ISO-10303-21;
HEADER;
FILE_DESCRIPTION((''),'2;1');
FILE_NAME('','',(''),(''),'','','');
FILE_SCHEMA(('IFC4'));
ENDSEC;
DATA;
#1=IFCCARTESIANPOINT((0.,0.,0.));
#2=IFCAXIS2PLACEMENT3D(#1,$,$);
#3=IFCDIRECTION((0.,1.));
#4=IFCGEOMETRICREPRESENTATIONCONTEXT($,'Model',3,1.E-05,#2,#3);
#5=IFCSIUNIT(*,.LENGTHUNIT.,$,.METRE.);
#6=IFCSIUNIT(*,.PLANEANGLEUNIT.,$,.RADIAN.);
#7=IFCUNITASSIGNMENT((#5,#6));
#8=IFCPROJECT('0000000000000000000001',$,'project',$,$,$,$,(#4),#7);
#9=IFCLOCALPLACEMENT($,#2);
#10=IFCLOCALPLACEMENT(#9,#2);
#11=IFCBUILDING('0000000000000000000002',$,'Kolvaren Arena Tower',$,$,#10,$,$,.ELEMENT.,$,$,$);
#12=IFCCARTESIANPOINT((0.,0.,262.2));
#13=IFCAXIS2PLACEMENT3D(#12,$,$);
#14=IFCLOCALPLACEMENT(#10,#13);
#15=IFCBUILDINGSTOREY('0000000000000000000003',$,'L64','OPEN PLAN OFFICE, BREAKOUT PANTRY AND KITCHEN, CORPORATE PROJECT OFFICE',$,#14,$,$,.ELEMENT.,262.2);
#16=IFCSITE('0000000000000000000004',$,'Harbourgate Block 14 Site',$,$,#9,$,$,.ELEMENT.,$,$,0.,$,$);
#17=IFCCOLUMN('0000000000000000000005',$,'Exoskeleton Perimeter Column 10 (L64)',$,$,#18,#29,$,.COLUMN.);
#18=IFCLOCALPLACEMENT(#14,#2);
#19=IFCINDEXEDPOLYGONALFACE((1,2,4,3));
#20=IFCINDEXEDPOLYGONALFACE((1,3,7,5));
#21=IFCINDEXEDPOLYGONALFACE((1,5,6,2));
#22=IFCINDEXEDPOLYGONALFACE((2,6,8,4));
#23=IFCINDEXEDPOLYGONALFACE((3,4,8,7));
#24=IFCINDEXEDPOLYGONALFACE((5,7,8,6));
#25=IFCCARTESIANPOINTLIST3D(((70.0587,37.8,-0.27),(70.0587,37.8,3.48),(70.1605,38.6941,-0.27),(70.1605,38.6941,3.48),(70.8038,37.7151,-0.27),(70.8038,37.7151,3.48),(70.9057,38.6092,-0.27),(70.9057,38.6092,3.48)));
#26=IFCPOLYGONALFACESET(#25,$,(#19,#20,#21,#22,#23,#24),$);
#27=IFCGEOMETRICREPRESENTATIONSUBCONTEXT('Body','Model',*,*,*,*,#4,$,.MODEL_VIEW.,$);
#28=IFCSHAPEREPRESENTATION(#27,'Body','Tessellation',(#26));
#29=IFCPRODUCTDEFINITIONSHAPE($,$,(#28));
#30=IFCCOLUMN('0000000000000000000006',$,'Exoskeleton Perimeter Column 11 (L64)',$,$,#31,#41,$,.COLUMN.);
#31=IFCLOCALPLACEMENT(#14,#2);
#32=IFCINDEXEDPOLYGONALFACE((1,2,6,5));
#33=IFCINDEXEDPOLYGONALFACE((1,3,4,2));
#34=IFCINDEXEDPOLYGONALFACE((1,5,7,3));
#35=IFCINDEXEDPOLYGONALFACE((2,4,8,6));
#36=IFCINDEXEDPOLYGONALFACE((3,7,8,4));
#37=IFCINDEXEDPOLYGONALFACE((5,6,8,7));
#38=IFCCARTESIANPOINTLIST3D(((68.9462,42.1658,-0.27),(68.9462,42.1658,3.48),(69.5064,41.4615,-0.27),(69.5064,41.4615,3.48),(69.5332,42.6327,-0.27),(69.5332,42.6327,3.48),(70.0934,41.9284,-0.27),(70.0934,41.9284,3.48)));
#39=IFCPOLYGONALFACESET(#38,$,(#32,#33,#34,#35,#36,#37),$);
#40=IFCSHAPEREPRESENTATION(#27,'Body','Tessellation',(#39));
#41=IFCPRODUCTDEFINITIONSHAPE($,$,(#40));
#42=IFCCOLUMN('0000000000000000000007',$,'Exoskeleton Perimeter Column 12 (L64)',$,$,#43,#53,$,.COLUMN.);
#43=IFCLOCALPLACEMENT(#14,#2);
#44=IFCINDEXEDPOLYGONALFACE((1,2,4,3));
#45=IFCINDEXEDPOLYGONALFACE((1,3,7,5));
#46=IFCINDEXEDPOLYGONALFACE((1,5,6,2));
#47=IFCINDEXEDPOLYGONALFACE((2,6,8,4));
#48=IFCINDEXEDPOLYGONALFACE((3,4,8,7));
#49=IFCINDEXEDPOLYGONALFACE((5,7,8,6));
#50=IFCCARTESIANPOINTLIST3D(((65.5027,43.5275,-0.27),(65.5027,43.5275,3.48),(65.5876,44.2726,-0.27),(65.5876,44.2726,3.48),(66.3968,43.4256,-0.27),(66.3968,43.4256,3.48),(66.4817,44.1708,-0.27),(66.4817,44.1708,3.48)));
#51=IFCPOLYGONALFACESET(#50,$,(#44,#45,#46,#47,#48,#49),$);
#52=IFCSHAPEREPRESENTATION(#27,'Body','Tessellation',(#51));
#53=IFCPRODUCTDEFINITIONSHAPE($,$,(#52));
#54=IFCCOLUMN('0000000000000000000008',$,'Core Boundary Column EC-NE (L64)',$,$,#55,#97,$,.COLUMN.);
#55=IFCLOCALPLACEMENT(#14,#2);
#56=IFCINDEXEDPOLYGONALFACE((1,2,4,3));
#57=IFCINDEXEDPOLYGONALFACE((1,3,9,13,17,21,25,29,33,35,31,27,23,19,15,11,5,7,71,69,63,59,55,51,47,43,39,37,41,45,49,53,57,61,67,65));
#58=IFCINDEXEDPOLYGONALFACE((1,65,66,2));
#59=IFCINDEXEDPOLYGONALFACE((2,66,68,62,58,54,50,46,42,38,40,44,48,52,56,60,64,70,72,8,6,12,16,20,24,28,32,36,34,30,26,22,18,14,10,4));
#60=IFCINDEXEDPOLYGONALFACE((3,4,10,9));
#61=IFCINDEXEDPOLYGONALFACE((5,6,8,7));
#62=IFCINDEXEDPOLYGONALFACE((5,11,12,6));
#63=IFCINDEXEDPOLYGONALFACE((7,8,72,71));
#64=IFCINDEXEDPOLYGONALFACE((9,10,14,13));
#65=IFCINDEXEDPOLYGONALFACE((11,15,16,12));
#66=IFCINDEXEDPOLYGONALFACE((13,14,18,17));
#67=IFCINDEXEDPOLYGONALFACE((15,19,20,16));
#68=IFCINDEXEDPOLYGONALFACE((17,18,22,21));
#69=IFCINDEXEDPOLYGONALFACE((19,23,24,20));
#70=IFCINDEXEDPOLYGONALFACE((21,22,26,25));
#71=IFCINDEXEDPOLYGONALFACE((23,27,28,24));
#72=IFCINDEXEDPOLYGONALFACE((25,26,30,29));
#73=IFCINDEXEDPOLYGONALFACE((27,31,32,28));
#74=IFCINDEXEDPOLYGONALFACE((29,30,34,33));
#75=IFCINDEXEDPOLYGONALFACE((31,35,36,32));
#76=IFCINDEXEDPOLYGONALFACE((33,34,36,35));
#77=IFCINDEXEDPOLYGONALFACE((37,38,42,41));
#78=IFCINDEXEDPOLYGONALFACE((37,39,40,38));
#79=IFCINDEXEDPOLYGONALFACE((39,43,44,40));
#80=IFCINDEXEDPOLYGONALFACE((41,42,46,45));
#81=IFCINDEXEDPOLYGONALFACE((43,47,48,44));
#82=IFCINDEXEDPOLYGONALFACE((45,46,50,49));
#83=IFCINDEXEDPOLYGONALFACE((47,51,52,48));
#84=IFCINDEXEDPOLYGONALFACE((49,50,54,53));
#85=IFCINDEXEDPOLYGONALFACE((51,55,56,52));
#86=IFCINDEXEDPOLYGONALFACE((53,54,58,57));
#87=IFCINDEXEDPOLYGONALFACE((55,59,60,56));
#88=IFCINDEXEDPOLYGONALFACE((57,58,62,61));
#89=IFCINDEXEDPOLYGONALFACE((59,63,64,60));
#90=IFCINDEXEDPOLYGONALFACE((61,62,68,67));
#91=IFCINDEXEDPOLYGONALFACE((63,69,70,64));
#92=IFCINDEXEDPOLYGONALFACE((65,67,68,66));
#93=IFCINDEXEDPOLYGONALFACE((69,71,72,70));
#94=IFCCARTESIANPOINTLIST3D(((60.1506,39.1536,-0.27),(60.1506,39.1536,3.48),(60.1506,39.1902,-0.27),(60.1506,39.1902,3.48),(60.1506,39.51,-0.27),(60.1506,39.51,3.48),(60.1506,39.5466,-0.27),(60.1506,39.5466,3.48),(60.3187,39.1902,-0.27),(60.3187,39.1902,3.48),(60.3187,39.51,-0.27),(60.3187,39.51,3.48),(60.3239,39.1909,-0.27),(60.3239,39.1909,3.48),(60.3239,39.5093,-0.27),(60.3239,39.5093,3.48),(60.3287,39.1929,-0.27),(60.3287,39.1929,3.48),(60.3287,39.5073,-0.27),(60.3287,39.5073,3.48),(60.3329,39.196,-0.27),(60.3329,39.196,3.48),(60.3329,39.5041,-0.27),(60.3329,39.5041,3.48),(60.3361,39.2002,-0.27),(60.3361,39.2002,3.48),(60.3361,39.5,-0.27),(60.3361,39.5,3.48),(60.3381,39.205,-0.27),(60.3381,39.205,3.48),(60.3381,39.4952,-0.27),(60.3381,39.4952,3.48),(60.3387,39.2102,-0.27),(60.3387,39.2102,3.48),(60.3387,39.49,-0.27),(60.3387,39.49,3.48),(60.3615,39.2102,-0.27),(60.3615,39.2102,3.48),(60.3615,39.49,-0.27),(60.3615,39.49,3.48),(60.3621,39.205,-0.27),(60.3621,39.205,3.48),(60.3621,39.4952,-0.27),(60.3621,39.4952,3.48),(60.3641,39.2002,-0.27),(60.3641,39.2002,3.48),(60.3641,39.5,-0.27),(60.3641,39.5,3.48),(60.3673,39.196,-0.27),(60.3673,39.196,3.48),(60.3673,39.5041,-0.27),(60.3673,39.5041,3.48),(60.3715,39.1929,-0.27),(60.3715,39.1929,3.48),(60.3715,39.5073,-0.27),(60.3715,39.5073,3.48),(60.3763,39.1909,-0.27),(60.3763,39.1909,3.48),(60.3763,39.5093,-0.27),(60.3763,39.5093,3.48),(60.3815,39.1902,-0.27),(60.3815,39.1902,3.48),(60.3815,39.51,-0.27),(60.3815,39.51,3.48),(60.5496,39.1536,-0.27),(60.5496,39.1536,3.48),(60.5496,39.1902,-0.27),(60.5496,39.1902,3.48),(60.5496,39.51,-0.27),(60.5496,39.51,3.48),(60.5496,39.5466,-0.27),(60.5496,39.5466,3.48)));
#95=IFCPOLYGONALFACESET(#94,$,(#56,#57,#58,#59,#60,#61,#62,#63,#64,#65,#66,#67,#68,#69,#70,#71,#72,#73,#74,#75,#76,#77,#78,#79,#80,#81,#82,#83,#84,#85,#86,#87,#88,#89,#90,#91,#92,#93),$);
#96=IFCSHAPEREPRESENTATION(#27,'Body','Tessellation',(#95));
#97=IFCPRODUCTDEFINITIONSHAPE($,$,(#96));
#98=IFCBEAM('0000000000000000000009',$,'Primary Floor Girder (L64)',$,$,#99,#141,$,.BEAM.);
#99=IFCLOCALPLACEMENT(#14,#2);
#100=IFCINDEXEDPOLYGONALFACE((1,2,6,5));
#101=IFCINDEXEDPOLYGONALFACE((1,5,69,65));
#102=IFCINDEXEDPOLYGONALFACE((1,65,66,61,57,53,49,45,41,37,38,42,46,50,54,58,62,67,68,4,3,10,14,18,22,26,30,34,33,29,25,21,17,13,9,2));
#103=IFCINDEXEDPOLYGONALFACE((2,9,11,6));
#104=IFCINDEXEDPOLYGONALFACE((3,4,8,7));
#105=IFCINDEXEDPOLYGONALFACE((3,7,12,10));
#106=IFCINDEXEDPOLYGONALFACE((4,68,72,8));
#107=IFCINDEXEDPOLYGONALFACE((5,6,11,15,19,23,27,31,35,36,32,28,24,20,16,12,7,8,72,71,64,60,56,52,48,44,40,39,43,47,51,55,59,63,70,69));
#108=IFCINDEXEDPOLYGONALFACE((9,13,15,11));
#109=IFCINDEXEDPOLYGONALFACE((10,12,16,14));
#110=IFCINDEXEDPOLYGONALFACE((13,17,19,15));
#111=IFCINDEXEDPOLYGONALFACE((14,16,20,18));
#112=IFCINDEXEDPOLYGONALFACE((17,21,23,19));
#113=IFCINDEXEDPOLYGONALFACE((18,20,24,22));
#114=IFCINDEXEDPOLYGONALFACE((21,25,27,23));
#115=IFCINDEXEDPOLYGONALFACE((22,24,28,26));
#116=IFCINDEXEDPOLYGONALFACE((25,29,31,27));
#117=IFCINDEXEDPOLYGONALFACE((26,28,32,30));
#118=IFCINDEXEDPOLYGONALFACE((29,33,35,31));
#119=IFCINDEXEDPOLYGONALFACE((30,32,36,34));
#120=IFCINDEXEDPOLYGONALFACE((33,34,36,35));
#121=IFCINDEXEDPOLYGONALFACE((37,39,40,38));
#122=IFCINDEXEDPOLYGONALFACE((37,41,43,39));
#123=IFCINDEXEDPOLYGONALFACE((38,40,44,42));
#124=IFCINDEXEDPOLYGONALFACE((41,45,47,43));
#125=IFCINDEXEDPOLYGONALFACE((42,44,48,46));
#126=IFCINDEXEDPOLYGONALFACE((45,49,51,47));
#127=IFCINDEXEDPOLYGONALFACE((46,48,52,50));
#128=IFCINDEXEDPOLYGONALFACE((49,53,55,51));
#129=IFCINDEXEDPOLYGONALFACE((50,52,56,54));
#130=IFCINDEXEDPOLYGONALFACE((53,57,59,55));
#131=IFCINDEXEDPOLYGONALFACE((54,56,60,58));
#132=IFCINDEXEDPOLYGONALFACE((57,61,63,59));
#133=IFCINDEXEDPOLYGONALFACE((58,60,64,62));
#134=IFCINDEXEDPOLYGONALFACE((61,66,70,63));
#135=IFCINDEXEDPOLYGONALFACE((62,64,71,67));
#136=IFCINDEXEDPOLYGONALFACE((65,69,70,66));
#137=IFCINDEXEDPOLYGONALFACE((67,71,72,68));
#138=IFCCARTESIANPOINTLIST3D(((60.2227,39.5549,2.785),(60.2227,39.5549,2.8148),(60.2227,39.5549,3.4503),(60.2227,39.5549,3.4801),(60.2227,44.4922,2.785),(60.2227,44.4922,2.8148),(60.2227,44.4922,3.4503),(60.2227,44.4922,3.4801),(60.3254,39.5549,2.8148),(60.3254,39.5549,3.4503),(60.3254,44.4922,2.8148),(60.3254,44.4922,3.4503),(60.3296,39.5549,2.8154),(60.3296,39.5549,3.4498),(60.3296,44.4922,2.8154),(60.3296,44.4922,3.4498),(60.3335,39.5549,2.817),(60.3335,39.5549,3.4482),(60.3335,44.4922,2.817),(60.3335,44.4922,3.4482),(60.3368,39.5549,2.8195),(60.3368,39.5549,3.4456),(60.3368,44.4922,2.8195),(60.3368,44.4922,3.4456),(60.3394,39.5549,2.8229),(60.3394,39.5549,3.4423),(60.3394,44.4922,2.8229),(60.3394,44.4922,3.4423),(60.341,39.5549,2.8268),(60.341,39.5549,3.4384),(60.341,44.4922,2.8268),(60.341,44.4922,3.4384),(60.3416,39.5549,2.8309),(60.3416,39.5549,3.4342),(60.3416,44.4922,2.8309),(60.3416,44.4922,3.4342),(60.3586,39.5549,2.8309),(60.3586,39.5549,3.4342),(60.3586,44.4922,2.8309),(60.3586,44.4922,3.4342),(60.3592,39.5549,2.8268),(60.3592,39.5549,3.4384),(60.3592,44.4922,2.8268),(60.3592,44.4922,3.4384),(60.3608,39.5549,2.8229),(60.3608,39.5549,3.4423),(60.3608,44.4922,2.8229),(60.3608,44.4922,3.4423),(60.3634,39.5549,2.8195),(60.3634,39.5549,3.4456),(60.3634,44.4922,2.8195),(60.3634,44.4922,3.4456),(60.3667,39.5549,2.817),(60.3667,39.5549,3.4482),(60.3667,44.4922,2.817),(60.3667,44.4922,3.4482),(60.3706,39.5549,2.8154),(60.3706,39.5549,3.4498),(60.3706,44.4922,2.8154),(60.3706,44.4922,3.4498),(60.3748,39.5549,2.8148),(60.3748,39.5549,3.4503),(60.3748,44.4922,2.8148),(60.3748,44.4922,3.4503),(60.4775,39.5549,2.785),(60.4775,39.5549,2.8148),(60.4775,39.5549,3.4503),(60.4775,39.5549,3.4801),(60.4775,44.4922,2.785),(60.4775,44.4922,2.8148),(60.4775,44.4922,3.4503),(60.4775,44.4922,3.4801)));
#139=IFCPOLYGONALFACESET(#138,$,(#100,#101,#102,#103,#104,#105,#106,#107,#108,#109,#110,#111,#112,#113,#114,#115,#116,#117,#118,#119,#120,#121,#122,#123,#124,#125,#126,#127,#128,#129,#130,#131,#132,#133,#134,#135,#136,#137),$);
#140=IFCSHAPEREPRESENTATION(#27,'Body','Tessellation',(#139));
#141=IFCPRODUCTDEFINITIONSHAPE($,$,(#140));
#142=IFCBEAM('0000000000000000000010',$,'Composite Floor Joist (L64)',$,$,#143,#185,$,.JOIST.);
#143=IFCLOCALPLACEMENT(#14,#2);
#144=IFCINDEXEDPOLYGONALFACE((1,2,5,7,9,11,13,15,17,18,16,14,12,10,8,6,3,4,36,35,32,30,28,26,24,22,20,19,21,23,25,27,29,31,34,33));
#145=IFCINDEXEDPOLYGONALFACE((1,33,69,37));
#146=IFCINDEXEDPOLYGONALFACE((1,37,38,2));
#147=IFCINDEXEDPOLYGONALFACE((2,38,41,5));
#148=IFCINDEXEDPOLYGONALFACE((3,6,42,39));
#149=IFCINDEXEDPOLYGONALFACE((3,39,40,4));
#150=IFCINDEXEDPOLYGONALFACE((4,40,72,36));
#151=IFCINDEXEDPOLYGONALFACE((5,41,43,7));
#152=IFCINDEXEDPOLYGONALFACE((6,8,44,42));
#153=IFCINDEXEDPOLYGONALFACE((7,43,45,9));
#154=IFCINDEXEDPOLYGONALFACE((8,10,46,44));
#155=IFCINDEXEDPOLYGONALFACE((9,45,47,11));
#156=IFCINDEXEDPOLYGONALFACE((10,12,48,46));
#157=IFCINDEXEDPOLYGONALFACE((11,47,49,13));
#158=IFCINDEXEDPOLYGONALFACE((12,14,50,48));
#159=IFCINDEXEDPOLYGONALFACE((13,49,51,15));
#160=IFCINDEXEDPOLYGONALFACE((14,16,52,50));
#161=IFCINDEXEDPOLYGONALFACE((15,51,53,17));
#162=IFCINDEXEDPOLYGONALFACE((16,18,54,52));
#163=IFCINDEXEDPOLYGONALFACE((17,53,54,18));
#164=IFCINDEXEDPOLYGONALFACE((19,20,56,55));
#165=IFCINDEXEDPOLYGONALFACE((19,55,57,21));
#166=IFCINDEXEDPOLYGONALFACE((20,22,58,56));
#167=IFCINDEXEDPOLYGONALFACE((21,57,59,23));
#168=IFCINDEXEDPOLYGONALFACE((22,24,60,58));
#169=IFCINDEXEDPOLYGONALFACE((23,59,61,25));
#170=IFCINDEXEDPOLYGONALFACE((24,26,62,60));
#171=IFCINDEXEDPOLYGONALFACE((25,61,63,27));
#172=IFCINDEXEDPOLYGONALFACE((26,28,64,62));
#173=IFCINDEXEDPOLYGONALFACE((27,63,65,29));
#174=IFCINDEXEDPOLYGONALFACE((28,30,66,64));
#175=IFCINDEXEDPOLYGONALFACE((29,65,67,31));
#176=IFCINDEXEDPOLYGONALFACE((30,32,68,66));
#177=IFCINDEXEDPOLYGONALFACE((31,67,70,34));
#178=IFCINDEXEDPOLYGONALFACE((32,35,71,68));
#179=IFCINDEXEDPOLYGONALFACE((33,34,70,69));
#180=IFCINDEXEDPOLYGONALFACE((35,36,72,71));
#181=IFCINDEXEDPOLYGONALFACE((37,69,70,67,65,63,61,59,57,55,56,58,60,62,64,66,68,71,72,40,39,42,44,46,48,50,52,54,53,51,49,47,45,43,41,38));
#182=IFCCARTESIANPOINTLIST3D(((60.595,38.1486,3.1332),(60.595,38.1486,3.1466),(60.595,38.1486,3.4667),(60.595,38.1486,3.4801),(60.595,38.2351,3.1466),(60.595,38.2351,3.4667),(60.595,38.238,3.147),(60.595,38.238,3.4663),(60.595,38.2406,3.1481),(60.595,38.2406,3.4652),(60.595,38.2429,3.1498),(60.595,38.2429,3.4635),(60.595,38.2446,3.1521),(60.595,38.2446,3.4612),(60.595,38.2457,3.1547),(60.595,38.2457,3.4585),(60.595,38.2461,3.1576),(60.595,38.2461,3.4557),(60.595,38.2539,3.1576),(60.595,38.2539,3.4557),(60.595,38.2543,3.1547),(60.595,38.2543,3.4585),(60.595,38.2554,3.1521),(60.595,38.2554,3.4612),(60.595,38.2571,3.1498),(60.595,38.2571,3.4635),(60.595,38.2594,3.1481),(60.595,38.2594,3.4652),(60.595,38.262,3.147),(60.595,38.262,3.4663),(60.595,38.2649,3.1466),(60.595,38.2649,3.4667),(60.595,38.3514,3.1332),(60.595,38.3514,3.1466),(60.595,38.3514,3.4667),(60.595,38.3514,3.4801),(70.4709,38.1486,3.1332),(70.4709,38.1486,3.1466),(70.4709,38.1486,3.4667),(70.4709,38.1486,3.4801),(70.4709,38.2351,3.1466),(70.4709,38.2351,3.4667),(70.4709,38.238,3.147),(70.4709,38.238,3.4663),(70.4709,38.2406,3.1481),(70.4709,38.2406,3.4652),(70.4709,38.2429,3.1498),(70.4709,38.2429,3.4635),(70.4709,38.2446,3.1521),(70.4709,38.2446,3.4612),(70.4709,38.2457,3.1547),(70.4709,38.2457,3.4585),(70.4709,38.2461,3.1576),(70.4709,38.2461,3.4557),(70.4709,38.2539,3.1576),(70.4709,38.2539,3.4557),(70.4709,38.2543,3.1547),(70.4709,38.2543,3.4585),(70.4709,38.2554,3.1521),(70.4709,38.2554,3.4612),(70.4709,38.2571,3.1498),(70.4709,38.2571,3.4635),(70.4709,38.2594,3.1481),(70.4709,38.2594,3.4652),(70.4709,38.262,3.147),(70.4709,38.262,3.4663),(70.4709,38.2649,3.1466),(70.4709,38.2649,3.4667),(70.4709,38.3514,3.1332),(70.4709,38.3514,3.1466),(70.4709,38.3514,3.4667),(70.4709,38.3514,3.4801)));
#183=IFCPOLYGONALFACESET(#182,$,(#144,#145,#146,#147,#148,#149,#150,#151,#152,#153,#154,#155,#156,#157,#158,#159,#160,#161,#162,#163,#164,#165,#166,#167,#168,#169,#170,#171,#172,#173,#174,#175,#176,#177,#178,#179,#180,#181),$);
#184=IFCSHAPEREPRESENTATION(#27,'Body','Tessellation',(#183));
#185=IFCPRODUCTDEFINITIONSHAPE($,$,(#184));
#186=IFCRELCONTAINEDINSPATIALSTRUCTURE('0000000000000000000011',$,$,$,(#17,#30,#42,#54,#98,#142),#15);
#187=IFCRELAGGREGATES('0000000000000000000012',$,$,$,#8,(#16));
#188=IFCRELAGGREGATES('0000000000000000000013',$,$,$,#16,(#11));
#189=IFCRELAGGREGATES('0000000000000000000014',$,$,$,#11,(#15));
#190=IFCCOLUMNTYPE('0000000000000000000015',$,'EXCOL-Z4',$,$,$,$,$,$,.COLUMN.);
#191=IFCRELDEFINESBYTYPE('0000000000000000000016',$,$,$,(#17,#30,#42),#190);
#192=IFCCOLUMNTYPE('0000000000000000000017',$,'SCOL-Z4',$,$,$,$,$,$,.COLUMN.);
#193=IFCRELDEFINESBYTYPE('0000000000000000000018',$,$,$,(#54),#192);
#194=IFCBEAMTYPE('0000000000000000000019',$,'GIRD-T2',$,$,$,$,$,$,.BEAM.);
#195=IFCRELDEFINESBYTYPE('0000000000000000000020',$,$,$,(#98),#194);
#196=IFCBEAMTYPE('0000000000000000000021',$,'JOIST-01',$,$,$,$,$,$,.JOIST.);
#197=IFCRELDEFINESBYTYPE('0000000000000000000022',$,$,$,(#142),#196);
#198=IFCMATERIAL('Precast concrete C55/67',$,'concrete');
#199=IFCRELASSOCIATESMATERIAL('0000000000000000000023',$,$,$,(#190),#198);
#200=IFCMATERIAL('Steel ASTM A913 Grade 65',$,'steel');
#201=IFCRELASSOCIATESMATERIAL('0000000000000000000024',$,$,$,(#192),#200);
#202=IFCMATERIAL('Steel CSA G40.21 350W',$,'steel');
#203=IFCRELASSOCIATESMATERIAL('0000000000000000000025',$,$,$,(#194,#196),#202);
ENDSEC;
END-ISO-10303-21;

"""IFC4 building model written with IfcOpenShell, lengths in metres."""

from ifc_helpers import new_model, si_unit, direction, frame, origin, origin_2d, place, context, subcontext, project, spatial, rectangle, i_section, extrude, material, material_profile, profile_set, type_object, element, save


model = new_model("IFC4")

# Units and contexts
model_context = context("Model", 3, precision=1e-05, world=origin(), true_north=direction((0.0, 1.0)))
body_context = subcontext(model_context, "Body", "Model", "MODEL_VIEW")
ifc_project = project(units=[si_unit("LENGTHUNIT", "METRE"), si_unit("PLANEANGLEUNIT", "RADIAN")], contexts=[model_context])

# Site, building, storey
site_placement = place(None, origin())
site = spatial("IfcSite", under=ifc_project, at=site_placement, Name="Harbourgate Block 14 Site", CompositionType="ELEMENT", RefElevation=0.0)
building_placement = place(site_placement, origin())
building = spatial("IfcBuilding", under=site, at=building_placement, Name="Kolvaren Arena Tower", CompositionType="ELEMENT")
storey_placement = place(building_placement, frame((0.0, 0.0, 262.2)))
storey = spatial("IfcBuildingStorey", under=building, at=storey_placement, Name="L64", Description="OPEN PLAN OFFICE, BREAKOUT PANTRY AND KITCHEN, CORPORATE PROJECT OFFICE", CompositionType="ELEMENT", Elevation=262.2)

# Columns
ifc_material_1 = material(Name="Precast concrete C55/67", Category="concrete")
ifc_material_profile_1 = material_profile(ifc_material_1, rectangle(XDim=0.8999, YDim=0.75, at=origin_2d()), Name="RC-900x750")
ifc_profile_set_1 = profile_set([ifc_material_profile_1], Name="Precast concrete C55/67")
column_type_1 = type_object("IfcColumnType", Name="EXCOL-Z4", PredefinedType="COLUMN", material=ifc_profile_set_1)
for number, where, z_axis, x_axis, name in (
    (1, (70.4822, 38.2046, -0.27), (0.0, 0.0, 1.0), (0.113203, 0.993572, 0.0), "Exoskeleton Perimeter Column 10 (L64)"),
    (2, (69.5198, 42.0471, -0.27), (0.0, 0.0, 1.0), (-0.622515, 0.782608, 0.0), "Exoskeleton Perimeter Column 11 (L64)"),
    (3, (65.9922, 43.8491, -0.27), (0.0, 0.0, 1.0), (0.993572, -0.113203, 0.0), "Exoskeleton Perimeter Column 12 (L64)"),
):
    element("IfcColumn", number, at=place(storey_placement, frame(where, z_axis=z_axis, x_axis=x_axis)), inside=storey, type_object=column_type_1, Name=name, PredefinedType="COLUMN", context=body_context, shape_type="SweptSolid", body=[
        extrude(rectangle(XDim=0.8999, YDim=0.75, at=origin_2d()), origin(), (0.0, 0.0, 1.0), 3.75),
    ])
ifc_material_2 = material(Name="Steel ASTM A913 Grade 65", Category="steel")
ifc_material_profile_2 = material_profile(ifc_material_2, i_section(OverallWidth=0.3989, OverallDepth=0.3931, WebThickness=0.0227, FlangeThickness=0.0366, FilletRadius=0.02, at=origin_2d()), Name="W360x287")
ifc_profile_set_2 = profile_set([ifc_material_profile_2], Name="Steel ASTM A913 Grade 65")
column_type_2 = type_object("IfcColumnType", Name="SCOL-Z4", PredefinedType="COLUMN", material=ifc_profile_set_2)
column_placement = place(storey_placement, frame((60.3501, 39.3501, -0.27), z_axis=(0.0, 0.0, 1.0), x_axis=(1.0, 0.0, 0.0)))
element("IfcColumn", 4, at=column_placement, inside=storey, type_object=column_type_2, Name="Core Boundary Column EC-NE (L64)", PredefinedType="COLUMN", context=body_context, shape_type="SweptSolid", body=[
    extrude(i_section(OverallWidth=0.3989, OverallDepth=0.3931, WebThickness=0.0227, FlangeThickness=0.0366, FilletRadius=0.02, at=origin_2d()), origin(), (0.0, 0.0, 1.0), 3.75),
])

# Beams
ifc_material_3 = material(Name="Steel CSA G40.21 350W", Category="steel")
ifc_material_profile_3 = material_profile(ifc_material_3, i_section(OverallWidth=0.2549, OverallDepth=0.6951, WebThickness=0.0171, FlangeThickness=0.0298, FilletRadius=0.0161, at=origin_2d()), Name="W690x217")
ifc_profile_set_3 = profile_set([ifc_material_profile_3], Name="Steel CSA G40.21 350W")
beam_type_1 = type_object("IfcBeamType", Name="GIRD-T2", PredefinedType="BEAM", material=ifc_profile_set_3)
beam_1_placement = place(storey_placement, frame((60.3501, 39.5549, 3.1326), z_axis=(0.0, 1.0, 0.0), x_axis=(-1.0, 0.0, 0.0)))
element("IfcBeam", 5, at=beam_1_placement, inside=storey, type_object=beam_type_1, Name="Primary Floor Girder (L64)", PredefinedType="BEAM", context=body_context, shape_type="SweptSolid", body=[
    extrude(i_section(OverallWidth=0.2549, OverallDepth=0.6951, WebThickness=0.0171, FlangeThickness=0.0298, FilletRadius=0.0161, at=origin_2d()), origin(), (0.0, 0.0, 1.0), 4.9373),
])
ifc_material_profile_4 = material_profile(ifc_material_3, i_section(OverallWidth=0.2029, OverallDepth=0.3469, WebThickness=0.0078, FlangeThickness=0.0134, FilletRadius=0.011, at=origin_2d()), Name="W360x64")
ifc_profile_set_4 = profile_set([ifc_material_profile_4], Name="Steel CSA G40.21 350W")
beam_type_2 = type_object("IfcBeamType", Name="JOIST-01", PredefinedType="JOIST", material=ifc_profile_set_4)
beam_2_placement = place(storey_placement, frame((60.595, 38.25, 3.3066), z_axis=(1.0, 0.0, 0.0), x_axis=(0.0, 1.0, 0.0)))
element("IfcBeam", 6, at=beam_2_placement, inside=storey, type_object=beam_type_2, Name="Composite Floor Joist (L64)", PredefinedType="JOIST", context=body_context, shape_type="SweptSolid", body=[
    extrude(i_section(OverallWidth=0.2029, OverallDepth=0.3469, WebThickness=0.0078, FlangeThickness=0.0134, FilletRadius=0.011, at=origin_2d()), origin(), (0.0, 0.0, 1.0), 9.876),
])

save(model, "model.ifc")
